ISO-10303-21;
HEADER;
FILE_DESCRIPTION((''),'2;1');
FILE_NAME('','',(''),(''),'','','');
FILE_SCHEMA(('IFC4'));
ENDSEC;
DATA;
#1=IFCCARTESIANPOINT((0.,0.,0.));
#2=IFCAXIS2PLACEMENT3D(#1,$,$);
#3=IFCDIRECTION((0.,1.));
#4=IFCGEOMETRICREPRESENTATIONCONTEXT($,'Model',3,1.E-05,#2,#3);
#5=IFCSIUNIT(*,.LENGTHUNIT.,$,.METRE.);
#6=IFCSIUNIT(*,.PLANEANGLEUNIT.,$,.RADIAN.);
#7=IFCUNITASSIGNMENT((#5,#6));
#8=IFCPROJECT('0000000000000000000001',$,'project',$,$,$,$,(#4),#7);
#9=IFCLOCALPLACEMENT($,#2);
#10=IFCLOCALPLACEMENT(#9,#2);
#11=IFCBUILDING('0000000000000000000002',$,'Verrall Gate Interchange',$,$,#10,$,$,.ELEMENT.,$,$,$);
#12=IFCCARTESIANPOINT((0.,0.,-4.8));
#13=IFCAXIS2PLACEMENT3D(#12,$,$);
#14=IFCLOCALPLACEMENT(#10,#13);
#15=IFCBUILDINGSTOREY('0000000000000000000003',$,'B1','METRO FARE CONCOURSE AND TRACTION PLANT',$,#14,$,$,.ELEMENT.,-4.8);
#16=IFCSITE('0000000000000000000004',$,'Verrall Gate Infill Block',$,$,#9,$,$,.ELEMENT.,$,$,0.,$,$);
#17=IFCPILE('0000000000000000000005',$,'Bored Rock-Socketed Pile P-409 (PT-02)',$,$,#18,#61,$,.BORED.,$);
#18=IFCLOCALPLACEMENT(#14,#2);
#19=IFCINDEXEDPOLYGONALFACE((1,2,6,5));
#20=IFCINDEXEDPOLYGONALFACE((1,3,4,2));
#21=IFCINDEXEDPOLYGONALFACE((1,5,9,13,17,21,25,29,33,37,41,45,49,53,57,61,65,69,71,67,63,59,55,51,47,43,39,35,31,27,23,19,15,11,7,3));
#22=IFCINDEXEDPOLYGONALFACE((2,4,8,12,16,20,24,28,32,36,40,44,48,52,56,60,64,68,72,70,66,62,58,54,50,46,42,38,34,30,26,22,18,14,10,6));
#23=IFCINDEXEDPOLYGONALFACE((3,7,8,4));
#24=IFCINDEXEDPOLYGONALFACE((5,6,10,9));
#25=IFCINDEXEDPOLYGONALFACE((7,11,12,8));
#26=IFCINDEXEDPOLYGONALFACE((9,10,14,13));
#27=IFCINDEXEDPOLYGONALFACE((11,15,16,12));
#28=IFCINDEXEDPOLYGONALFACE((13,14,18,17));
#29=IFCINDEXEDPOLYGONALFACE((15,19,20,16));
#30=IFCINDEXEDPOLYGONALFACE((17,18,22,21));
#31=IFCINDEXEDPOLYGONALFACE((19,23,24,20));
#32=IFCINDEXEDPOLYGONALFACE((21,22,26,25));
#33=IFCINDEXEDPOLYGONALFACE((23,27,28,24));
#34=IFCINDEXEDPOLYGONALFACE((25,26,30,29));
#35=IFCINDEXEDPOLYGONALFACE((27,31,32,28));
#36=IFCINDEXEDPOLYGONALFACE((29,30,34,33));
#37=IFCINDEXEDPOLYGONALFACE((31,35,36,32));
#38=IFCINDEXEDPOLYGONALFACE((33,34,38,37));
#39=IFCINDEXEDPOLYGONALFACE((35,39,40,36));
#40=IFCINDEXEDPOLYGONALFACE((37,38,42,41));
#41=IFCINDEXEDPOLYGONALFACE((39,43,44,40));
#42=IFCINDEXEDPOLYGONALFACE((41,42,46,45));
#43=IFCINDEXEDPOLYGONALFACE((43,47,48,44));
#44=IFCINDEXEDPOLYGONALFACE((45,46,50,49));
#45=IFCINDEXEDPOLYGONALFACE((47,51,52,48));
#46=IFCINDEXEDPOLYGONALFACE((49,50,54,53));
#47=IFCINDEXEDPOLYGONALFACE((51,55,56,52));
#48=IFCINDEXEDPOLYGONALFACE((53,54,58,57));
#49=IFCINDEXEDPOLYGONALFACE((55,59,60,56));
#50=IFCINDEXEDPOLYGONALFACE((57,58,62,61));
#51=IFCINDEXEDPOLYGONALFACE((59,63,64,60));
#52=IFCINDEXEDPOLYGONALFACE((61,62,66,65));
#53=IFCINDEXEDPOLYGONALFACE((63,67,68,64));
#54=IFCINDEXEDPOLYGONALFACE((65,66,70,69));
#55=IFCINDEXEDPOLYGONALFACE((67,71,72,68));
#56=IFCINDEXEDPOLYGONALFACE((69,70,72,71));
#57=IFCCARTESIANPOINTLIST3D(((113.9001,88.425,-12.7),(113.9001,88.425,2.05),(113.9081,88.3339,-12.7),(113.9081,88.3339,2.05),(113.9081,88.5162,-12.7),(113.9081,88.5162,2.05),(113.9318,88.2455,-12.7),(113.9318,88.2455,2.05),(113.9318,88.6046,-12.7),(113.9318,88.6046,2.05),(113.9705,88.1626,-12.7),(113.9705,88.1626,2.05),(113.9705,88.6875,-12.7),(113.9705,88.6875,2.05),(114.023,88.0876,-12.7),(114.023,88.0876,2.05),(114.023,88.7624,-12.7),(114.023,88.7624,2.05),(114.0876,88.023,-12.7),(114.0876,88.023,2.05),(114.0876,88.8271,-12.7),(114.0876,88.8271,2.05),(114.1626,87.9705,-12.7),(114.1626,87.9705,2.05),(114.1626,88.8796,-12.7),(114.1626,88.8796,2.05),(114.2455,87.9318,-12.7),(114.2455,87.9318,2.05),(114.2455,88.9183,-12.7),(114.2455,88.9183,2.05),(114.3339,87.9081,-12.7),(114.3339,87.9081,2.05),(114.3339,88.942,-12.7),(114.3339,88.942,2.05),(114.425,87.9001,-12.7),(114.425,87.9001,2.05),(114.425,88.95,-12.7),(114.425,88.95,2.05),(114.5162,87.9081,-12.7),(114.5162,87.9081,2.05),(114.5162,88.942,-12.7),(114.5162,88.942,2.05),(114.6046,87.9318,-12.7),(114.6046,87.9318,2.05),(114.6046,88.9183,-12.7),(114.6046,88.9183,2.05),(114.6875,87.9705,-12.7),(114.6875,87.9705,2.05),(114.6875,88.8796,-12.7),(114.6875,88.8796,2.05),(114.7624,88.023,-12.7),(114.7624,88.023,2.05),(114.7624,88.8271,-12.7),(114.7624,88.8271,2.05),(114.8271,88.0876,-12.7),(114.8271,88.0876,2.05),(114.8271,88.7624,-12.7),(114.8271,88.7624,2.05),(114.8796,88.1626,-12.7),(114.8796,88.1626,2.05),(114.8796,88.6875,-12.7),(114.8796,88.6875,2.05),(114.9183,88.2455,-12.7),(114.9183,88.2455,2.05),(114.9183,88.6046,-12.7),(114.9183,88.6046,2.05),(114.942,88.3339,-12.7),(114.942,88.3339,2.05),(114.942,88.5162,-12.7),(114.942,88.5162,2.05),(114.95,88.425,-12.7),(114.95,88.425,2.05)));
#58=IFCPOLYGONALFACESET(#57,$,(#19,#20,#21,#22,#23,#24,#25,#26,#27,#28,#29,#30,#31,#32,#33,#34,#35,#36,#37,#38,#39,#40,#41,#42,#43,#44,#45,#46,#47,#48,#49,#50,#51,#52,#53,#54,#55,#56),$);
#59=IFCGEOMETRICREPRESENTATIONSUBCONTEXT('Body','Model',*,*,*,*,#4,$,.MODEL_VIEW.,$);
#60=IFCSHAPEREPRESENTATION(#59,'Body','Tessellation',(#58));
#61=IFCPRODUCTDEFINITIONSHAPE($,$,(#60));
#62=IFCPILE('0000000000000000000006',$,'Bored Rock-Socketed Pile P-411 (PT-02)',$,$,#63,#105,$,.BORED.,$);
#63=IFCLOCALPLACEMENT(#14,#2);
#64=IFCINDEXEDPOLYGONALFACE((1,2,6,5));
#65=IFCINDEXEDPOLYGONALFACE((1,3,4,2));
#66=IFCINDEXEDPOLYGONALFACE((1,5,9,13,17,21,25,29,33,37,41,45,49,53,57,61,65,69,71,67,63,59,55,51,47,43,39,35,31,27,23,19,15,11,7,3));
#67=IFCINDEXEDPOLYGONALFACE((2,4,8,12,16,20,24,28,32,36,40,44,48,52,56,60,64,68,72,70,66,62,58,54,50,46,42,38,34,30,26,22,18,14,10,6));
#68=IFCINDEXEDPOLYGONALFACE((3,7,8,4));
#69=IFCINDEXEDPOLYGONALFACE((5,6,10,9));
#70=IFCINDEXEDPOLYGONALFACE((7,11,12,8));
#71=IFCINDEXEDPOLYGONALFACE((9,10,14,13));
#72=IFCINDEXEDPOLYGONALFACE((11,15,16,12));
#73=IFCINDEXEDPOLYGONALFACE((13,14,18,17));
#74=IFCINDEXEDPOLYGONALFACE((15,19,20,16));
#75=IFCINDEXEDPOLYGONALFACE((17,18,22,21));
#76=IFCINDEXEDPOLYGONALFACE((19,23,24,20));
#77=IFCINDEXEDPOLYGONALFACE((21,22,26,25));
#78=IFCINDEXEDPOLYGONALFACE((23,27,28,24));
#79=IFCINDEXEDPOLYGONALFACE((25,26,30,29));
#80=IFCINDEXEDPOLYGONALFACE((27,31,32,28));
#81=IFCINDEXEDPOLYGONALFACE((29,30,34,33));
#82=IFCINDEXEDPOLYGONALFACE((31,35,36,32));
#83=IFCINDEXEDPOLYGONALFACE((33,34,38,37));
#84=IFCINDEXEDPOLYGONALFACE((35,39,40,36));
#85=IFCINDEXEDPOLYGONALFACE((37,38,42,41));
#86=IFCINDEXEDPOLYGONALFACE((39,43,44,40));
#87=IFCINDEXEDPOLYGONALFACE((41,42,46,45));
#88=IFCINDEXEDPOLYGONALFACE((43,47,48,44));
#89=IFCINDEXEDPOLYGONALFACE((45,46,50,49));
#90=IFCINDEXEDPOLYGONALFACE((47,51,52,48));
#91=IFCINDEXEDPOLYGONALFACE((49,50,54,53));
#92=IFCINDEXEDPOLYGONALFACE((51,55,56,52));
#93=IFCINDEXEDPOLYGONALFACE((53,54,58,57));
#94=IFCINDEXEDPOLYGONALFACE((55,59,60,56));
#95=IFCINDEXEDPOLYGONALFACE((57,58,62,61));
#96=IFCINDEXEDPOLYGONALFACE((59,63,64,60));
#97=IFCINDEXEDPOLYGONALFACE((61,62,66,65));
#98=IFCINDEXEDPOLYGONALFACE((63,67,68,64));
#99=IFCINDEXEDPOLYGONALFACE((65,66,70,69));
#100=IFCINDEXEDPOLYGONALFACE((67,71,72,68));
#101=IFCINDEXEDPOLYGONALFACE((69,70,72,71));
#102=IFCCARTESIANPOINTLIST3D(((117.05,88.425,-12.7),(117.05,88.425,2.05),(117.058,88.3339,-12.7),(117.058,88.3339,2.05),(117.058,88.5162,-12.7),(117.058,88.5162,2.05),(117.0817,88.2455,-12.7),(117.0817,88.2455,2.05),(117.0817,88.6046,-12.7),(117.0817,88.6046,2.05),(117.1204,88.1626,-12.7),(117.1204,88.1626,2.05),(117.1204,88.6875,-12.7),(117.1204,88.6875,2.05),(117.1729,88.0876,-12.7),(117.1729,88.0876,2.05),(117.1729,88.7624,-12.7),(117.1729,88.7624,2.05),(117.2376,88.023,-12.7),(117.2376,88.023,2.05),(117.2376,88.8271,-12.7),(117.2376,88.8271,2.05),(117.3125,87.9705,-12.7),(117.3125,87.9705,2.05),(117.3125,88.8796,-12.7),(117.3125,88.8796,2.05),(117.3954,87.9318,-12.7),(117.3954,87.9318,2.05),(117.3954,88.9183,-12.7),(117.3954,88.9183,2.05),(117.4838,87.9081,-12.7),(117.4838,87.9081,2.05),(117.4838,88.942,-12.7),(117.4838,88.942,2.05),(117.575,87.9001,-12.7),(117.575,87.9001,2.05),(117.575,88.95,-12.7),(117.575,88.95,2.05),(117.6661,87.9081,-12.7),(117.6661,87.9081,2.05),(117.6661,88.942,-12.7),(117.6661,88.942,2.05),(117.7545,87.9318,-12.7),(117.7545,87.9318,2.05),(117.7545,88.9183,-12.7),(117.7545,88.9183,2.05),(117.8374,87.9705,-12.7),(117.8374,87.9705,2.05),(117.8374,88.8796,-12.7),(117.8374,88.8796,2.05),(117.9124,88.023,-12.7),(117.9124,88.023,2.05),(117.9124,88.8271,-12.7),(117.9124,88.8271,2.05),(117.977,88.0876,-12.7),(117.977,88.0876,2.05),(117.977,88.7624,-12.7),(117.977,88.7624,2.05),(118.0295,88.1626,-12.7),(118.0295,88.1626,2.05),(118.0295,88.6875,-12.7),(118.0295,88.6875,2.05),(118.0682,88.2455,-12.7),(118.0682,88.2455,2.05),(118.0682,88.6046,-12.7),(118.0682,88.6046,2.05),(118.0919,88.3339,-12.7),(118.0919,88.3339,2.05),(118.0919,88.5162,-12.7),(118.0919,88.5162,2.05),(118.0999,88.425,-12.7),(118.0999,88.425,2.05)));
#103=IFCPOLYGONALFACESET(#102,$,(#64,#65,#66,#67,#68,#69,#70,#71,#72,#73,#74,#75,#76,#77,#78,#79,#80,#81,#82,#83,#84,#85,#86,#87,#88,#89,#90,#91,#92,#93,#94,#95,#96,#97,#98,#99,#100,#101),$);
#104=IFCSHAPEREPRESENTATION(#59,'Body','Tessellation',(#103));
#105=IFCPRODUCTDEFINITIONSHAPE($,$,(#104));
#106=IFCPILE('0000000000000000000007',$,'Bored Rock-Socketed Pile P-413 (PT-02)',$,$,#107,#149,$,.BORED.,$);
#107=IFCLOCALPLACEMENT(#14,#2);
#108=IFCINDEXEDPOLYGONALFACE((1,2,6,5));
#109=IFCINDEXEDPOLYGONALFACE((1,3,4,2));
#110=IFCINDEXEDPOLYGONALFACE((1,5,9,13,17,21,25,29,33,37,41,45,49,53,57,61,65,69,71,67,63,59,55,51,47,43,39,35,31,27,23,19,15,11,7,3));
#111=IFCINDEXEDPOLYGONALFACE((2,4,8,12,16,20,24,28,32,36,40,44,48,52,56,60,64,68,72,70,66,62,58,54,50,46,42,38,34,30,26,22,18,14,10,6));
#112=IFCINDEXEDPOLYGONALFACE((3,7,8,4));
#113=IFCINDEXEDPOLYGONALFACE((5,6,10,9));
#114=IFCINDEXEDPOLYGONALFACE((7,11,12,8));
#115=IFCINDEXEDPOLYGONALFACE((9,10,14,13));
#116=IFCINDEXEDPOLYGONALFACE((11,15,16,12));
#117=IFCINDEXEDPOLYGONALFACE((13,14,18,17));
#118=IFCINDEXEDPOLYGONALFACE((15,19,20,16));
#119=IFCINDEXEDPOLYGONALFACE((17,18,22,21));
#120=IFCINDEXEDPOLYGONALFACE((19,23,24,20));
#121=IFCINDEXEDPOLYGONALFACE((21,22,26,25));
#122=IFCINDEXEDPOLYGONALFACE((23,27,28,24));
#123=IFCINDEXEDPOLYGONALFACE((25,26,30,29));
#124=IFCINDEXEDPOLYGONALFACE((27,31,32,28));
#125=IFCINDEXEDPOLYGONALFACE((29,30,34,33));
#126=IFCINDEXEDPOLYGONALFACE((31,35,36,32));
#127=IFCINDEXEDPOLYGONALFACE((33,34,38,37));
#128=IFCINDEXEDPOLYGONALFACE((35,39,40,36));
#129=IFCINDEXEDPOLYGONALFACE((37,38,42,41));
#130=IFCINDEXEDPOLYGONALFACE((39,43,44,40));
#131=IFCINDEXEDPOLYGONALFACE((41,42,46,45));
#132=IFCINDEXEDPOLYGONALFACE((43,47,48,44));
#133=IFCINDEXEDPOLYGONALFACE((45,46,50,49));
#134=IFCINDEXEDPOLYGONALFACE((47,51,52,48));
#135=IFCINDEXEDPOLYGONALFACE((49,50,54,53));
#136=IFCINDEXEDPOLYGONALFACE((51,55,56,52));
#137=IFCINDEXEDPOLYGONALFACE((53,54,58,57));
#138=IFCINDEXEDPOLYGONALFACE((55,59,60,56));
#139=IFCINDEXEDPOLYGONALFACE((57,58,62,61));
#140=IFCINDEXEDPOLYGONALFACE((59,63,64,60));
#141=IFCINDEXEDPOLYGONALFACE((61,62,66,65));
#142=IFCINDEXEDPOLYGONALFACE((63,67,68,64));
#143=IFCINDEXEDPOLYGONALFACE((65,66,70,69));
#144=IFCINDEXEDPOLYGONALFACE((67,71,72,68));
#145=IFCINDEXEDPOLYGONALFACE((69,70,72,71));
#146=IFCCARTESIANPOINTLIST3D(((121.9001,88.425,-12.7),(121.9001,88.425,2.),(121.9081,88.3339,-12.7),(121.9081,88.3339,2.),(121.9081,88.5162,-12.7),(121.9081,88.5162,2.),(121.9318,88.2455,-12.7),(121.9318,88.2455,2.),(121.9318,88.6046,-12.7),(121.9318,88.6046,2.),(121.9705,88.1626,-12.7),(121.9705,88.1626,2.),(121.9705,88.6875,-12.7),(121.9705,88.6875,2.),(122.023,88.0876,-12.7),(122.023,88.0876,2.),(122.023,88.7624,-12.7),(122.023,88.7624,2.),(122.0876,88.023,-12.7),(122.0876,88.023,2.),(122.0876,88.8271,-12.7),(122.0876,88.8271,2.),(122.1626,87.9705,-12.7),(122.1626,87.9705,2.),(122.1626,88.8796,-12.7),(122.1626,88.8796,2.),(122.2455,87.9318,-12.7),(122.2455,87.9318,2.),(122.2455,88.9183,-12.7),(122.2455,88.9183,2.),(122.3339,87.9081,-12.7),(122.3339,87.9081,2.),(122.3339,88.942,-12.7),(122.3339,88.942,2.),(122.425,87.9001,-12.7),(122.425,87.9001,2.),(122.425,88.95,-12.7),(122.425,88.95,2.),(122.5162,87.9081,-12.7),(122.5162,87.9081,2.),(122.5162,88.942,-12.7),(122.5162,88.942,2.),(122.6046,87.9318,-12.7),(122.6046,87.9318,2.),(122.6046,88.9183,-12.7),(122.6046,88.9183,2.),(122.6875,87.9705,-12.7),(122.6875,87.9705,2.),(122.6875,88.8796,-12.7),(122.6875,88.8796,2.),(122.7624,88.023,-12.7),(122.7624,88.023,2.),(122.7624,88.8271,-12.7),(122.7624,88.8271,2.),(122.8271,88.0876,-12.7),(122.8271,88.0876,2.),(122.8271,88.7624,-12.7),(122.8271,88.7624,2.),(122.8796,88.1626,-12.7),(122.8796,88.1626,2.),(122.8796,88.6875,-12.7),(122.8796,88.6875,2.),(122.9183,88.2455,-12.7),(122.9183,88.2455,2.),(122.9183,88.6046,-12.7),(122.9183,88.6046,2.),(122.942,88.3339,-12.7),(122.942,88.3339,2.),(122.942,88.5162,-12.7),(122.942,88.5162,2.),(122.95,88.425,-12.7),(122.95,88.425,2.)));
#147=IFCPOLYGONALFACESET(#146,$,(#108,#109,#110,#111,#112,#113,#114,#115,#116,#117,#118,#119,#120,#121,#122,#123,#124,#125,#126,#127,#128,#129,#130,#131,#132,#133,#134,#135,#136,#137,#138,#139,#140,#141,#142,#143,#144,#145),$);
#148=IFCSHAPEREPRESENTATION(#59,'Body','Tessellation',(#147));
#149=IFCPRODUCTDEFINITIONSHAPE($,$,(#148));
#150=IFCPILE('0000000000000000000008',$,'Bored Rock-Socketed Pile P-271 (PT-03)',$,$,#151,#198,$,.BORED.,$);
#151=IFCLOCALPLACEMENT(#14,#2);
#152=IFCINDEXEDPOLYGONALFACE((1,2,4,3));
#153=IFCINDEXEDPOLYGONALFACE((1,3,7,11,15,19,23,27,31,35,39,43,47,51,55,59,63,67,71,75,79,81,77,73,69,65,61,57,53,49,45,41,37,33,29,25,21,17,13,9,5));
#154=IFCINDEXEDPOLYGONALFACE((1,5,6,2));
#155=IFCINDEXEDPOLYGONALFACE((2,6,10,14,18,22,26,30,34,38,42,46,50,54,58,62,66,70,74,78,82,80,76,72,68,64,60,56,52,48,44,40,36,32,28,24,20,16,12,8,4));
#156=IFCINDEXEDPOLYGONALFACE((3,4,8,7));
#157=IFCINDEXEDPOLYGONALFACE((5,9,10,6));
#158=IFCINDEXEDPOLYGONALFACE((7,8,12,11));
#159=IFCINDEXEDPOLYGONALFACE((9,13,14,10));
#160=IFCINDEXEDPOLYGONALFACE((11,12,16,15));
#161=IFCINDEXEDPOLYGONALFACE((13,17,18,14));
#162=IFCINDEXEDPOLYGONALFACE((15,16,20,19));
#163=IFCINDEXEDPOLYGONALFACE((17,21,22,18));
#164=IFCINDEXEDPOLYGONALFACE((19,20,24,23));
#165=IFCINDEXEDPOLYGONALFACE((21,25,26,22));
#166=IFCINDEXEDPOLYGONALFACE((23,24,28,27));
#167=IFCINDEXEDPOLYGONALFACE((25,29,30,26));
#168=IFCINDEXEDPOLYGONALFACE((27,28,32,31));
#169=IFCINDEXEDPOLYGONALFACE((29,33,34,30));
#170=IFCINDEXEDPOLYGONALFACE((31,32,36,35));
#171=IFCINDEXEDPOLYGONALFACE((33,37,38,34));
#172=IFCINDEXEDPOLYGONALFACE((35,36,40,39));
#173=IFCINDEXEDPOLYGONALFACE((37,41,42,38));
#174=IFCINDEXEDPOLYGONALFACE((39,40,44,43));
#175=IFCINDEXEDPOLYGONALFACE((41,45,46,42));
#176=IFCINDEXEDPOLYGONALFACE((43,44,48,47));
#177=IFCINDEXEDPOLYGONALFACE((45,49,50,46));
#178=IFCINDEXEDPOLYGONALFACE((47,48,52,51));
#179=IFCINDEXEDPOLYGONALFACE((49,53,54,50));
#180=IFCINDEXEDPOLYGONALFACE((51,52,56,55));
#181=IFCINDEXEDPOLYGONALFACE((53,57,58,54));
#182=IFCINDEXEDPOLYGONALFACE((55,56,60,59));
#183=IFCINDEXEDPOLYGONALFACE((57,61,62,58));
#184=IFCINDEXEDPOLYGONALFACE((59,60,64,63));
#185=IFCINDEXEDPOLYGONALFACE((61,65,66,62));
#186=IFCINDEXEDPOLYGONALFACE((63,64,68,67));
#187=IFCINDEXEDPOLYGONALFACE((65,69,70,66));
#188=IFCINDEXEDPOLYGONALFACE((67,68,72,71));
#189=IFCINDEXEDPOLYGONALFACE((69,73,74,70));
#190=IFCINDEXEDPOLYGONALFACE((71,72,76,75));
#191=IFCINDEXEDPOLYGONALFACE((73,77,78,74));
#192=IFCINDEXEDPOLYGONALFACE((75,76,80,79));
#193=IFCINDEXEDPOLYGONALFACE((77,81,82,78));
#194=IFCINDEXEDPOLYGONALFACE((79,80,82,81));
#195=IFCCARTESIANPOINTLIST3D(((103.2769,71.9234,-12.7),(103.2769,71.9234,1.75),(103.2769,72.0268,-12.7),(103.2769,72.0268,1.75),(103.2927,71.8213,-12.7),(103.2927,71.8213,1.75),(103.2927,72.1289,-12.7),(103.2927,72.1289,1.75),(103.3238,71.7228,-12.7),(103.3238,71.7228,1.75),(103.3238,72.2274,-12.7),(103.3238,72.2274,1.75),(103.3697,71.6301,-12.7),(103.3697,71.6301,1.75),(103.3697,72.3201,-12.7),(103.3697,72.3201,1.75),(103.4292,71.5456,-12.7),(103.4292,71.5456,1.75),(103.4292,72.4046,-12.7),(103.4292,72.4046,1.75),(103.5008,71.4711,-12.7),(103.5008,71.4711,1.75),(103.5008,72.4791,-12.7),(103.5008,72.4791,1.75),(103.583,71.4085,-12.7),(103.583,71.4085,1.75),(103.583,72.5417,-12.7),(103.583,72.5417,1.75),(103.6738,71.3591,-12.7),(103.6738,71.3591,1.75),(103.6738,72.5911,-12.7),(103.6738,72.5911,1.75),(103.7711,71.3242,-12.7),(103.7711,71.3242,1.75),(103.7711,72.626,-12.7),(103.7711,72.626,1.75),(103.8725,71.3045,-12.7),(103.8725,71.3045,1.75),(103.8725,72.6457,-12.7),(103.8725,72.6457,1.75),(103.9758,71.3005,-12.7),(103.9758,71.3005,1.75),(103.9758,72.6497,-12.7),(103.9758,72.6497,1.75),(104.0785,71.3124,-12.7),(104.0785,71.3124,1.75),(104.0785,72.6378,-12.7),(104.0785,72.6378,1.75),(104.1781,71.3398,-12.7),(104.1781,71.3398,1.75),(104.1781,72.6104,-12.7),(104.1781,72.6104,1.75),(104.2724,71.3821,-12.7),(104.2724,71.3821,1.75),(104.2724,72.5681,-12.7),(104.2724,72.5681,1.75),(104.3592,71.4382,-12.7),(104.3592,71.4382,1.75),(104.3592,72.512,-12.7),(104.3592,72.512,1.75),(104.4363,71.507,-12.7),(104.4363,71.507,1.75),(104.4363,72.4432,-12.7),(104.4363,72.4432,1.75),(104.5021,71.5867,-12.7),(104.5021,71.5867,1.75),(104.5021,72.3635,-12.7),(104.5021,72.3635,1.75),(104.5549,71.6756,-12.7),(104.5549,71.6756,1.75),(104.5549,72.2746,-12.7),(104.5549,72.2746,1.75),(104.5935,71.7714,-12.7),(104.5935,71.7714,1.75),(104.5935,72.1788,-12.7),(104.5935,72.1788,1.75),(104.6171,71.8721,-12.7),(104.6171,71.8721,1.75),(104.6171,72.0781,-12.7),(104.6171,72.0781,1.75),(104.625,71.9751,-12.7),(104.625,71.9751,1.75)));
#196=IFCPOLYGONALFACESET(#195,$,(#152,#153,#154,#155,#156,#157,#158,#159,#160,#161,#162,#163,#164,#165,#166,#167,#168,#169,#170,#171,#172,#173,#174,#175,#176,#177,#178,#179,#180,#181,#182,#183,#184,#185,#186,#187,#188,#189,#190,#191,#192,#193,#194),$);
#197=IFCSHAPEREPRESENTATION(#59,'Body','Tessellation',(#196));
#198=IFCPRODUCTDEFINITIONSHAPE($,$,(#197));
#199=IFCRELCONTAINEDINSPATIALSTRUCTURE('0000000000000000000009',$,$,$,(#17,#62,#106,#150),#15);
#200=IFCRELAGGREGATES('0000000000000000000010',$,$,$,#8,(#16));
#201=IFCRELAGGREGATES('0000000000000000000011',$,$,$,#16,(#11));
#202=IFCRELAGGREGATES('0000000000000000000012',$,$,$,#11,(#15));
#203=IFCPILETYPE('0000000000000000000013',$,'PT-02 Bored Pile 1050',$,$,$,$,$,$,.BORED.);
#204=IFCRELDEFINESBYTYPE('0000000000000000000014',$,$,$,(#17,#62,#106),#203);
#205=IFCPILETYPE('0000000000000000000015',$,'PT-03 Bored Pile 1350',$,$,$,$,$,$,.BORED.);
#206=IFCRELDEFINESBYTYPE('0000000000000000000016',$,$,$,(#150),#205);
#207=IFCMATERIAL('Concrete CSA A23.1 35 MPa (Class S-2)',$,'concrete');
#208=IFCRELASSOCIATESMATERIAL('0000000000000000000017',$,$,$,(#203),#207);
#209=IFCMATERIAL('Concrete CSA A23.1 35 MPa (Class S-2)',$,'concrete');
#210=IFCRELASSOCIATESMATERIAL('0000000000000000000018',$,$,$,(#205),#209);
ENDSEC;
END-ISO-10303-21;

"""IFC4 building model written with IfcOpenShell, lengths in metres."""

from ifc_helpers import new_model, si_unit, direction, frame, origin, origin_2d, place, context, subcontext, project, spatial, circle, extrude, material, material_profile, profile_set, type_object, element, save


model = new_model("IFC4")

# Units and contexts
model_context = context("Model", 3, precision=1e-05, world=origin(), true_north=direction((0.0, 1.0)))
body_context = subcontext(model_context, "Body", "Model", "MODEL_VIEW")
ifc_project = project(units=[si_unit("LENGTHUNIT", "METRE"), si_unit("PLANEANGLEUNIT", "RADIAN")], contexts=[model_context])

# Site, building, storey
site_placement = place(None, origin())
site = spatial("IfcSite", under=ifc_project, at=site_placement, Name="Verrall Gate Infill Block", CompositionType="ELEMENT", RefElevation=0.0)
building_placement = place(site_placement, origin())
building = spatial("IfcBuilding", under=site, at=building_placement, Name="Verrall Gate Interchange", CompositionType="ELEMENT")
storey_placement = place(building_placement, frame((0.0, 0.0, -4.8)))
storey = spatial("IfcBuildingStorey", under=building, at=storey_placement, Name="B1", Description="METRO FARE CONCOURSE AND TRACTION PLANT", CompositionType="ELEMENT", Elevation=-4.8)

# Piles
ifc_material_1 = material(Name="Concrete CSA A23.1 35 MPa (Class S-2)", Category="concrete")
ifc_material_profile_1 = material_profile(ifc_material_1, circle(Radius=0.5249, at=origin_2d()), Name="PILE1050D")
ifc_profile_set_1 = profile_set([ifc_material_profile_1], Name="Concrete CSA A23.1 35 MPa (Class S-2)")
pile_type_1 = type_object("IfcPileType", Name="PT-02 Bored Pile 1050", PredefinedType="BORED", material=ifc_profile_set_1)
for number, where, z_axis, x_axis, name in (
    (1, (114.425, 88.425, 2.05), (0.0, 0.0, -1.0), (1.0, 0.0, 0.0), "Bored Rock-Socketed Pile P-409 (PT-02)"),
    (2, (117.575, 88.425, 2.05), (0.0, 0.0, -1.0), (1.0, 0.0, 0.0), "Bored Rock-Socketed Pile P-411 (PT-02)"),
):
    element("IfcPile", number, at=place(storey_placement, frame(where, z_axis=z_axis, x_axis=x_axis)), inside=storey, type_object=pile_type_1, Name=name, PredefinedType="BORED", context=body_context, shape_type="SweptSolid", body=[
        extrude(circle(Radius=0.5249, at=origin_2d()), origin(), (0.0, 0.0, 1.0), 14.75),
    ])
pile_1_placement = place(storey_placement, frame((122.425, 88.425, 2.0), z_axis=(0.0, 0.0, -1.0), x_axis=(1.0, 0.0, 0.0)))
element("IfcPile", 3, at=pile_1_placement, inside=storey, type_object=pile_type_1, Name="Bored Rock-Socketed Pile P-413 (PT-02)", PredefinedType="BORED", context=body_context, shape_type="SweptSolid", body=[
    extrude(circle(Radius=0.5249, at=origin_2d()), origin(), (0.0, 0.0, 1.0), 14.7),
])
ifc_material_2 = material(Name="Concrete CSA A23.1 35 MPa (Class S-2)", Category="concrete")
ifc_material_profile_2 = material_profile(ifc_material_2, circle(Radius=0.675, at=origin_2d()), Name="PILE1350D")
ifc_profile_set_2 = profile_set([ifc_material_profile_2], Name="Concrete CSA A23.1 35 MPa (Class S-2)")
pile_type_2 = type_object("IfcPileType", Name="PT-03 Bored Pile 1350", PredefinedType="BORED", material=ifc_profile_set_2)
for number, where, z_axis, x_axis, name in (
    (4, (103.95, 71.9751, 1.75), (0.0, 0.0, -1.0), (1.0, 0.0, 0.0), "Bored Rock-Socketed Pile P-271 (PT-03)"),
):
    element("IfcPile", number, at=place(storey_placement, frame(where, z_axis=z_axis, x_axis=x_axis)), inside=storey, type_object=pile_type_2, Name=name, PredefinedType="BORED", context=body_context, shape_type="SweptSolid", body=[
        extrude(circle(Radius=0.675, at=origin_2d()), origin(), (0.0, 0.0, 1.0), 14.45),
    ])

save(model, "model.ifc")
